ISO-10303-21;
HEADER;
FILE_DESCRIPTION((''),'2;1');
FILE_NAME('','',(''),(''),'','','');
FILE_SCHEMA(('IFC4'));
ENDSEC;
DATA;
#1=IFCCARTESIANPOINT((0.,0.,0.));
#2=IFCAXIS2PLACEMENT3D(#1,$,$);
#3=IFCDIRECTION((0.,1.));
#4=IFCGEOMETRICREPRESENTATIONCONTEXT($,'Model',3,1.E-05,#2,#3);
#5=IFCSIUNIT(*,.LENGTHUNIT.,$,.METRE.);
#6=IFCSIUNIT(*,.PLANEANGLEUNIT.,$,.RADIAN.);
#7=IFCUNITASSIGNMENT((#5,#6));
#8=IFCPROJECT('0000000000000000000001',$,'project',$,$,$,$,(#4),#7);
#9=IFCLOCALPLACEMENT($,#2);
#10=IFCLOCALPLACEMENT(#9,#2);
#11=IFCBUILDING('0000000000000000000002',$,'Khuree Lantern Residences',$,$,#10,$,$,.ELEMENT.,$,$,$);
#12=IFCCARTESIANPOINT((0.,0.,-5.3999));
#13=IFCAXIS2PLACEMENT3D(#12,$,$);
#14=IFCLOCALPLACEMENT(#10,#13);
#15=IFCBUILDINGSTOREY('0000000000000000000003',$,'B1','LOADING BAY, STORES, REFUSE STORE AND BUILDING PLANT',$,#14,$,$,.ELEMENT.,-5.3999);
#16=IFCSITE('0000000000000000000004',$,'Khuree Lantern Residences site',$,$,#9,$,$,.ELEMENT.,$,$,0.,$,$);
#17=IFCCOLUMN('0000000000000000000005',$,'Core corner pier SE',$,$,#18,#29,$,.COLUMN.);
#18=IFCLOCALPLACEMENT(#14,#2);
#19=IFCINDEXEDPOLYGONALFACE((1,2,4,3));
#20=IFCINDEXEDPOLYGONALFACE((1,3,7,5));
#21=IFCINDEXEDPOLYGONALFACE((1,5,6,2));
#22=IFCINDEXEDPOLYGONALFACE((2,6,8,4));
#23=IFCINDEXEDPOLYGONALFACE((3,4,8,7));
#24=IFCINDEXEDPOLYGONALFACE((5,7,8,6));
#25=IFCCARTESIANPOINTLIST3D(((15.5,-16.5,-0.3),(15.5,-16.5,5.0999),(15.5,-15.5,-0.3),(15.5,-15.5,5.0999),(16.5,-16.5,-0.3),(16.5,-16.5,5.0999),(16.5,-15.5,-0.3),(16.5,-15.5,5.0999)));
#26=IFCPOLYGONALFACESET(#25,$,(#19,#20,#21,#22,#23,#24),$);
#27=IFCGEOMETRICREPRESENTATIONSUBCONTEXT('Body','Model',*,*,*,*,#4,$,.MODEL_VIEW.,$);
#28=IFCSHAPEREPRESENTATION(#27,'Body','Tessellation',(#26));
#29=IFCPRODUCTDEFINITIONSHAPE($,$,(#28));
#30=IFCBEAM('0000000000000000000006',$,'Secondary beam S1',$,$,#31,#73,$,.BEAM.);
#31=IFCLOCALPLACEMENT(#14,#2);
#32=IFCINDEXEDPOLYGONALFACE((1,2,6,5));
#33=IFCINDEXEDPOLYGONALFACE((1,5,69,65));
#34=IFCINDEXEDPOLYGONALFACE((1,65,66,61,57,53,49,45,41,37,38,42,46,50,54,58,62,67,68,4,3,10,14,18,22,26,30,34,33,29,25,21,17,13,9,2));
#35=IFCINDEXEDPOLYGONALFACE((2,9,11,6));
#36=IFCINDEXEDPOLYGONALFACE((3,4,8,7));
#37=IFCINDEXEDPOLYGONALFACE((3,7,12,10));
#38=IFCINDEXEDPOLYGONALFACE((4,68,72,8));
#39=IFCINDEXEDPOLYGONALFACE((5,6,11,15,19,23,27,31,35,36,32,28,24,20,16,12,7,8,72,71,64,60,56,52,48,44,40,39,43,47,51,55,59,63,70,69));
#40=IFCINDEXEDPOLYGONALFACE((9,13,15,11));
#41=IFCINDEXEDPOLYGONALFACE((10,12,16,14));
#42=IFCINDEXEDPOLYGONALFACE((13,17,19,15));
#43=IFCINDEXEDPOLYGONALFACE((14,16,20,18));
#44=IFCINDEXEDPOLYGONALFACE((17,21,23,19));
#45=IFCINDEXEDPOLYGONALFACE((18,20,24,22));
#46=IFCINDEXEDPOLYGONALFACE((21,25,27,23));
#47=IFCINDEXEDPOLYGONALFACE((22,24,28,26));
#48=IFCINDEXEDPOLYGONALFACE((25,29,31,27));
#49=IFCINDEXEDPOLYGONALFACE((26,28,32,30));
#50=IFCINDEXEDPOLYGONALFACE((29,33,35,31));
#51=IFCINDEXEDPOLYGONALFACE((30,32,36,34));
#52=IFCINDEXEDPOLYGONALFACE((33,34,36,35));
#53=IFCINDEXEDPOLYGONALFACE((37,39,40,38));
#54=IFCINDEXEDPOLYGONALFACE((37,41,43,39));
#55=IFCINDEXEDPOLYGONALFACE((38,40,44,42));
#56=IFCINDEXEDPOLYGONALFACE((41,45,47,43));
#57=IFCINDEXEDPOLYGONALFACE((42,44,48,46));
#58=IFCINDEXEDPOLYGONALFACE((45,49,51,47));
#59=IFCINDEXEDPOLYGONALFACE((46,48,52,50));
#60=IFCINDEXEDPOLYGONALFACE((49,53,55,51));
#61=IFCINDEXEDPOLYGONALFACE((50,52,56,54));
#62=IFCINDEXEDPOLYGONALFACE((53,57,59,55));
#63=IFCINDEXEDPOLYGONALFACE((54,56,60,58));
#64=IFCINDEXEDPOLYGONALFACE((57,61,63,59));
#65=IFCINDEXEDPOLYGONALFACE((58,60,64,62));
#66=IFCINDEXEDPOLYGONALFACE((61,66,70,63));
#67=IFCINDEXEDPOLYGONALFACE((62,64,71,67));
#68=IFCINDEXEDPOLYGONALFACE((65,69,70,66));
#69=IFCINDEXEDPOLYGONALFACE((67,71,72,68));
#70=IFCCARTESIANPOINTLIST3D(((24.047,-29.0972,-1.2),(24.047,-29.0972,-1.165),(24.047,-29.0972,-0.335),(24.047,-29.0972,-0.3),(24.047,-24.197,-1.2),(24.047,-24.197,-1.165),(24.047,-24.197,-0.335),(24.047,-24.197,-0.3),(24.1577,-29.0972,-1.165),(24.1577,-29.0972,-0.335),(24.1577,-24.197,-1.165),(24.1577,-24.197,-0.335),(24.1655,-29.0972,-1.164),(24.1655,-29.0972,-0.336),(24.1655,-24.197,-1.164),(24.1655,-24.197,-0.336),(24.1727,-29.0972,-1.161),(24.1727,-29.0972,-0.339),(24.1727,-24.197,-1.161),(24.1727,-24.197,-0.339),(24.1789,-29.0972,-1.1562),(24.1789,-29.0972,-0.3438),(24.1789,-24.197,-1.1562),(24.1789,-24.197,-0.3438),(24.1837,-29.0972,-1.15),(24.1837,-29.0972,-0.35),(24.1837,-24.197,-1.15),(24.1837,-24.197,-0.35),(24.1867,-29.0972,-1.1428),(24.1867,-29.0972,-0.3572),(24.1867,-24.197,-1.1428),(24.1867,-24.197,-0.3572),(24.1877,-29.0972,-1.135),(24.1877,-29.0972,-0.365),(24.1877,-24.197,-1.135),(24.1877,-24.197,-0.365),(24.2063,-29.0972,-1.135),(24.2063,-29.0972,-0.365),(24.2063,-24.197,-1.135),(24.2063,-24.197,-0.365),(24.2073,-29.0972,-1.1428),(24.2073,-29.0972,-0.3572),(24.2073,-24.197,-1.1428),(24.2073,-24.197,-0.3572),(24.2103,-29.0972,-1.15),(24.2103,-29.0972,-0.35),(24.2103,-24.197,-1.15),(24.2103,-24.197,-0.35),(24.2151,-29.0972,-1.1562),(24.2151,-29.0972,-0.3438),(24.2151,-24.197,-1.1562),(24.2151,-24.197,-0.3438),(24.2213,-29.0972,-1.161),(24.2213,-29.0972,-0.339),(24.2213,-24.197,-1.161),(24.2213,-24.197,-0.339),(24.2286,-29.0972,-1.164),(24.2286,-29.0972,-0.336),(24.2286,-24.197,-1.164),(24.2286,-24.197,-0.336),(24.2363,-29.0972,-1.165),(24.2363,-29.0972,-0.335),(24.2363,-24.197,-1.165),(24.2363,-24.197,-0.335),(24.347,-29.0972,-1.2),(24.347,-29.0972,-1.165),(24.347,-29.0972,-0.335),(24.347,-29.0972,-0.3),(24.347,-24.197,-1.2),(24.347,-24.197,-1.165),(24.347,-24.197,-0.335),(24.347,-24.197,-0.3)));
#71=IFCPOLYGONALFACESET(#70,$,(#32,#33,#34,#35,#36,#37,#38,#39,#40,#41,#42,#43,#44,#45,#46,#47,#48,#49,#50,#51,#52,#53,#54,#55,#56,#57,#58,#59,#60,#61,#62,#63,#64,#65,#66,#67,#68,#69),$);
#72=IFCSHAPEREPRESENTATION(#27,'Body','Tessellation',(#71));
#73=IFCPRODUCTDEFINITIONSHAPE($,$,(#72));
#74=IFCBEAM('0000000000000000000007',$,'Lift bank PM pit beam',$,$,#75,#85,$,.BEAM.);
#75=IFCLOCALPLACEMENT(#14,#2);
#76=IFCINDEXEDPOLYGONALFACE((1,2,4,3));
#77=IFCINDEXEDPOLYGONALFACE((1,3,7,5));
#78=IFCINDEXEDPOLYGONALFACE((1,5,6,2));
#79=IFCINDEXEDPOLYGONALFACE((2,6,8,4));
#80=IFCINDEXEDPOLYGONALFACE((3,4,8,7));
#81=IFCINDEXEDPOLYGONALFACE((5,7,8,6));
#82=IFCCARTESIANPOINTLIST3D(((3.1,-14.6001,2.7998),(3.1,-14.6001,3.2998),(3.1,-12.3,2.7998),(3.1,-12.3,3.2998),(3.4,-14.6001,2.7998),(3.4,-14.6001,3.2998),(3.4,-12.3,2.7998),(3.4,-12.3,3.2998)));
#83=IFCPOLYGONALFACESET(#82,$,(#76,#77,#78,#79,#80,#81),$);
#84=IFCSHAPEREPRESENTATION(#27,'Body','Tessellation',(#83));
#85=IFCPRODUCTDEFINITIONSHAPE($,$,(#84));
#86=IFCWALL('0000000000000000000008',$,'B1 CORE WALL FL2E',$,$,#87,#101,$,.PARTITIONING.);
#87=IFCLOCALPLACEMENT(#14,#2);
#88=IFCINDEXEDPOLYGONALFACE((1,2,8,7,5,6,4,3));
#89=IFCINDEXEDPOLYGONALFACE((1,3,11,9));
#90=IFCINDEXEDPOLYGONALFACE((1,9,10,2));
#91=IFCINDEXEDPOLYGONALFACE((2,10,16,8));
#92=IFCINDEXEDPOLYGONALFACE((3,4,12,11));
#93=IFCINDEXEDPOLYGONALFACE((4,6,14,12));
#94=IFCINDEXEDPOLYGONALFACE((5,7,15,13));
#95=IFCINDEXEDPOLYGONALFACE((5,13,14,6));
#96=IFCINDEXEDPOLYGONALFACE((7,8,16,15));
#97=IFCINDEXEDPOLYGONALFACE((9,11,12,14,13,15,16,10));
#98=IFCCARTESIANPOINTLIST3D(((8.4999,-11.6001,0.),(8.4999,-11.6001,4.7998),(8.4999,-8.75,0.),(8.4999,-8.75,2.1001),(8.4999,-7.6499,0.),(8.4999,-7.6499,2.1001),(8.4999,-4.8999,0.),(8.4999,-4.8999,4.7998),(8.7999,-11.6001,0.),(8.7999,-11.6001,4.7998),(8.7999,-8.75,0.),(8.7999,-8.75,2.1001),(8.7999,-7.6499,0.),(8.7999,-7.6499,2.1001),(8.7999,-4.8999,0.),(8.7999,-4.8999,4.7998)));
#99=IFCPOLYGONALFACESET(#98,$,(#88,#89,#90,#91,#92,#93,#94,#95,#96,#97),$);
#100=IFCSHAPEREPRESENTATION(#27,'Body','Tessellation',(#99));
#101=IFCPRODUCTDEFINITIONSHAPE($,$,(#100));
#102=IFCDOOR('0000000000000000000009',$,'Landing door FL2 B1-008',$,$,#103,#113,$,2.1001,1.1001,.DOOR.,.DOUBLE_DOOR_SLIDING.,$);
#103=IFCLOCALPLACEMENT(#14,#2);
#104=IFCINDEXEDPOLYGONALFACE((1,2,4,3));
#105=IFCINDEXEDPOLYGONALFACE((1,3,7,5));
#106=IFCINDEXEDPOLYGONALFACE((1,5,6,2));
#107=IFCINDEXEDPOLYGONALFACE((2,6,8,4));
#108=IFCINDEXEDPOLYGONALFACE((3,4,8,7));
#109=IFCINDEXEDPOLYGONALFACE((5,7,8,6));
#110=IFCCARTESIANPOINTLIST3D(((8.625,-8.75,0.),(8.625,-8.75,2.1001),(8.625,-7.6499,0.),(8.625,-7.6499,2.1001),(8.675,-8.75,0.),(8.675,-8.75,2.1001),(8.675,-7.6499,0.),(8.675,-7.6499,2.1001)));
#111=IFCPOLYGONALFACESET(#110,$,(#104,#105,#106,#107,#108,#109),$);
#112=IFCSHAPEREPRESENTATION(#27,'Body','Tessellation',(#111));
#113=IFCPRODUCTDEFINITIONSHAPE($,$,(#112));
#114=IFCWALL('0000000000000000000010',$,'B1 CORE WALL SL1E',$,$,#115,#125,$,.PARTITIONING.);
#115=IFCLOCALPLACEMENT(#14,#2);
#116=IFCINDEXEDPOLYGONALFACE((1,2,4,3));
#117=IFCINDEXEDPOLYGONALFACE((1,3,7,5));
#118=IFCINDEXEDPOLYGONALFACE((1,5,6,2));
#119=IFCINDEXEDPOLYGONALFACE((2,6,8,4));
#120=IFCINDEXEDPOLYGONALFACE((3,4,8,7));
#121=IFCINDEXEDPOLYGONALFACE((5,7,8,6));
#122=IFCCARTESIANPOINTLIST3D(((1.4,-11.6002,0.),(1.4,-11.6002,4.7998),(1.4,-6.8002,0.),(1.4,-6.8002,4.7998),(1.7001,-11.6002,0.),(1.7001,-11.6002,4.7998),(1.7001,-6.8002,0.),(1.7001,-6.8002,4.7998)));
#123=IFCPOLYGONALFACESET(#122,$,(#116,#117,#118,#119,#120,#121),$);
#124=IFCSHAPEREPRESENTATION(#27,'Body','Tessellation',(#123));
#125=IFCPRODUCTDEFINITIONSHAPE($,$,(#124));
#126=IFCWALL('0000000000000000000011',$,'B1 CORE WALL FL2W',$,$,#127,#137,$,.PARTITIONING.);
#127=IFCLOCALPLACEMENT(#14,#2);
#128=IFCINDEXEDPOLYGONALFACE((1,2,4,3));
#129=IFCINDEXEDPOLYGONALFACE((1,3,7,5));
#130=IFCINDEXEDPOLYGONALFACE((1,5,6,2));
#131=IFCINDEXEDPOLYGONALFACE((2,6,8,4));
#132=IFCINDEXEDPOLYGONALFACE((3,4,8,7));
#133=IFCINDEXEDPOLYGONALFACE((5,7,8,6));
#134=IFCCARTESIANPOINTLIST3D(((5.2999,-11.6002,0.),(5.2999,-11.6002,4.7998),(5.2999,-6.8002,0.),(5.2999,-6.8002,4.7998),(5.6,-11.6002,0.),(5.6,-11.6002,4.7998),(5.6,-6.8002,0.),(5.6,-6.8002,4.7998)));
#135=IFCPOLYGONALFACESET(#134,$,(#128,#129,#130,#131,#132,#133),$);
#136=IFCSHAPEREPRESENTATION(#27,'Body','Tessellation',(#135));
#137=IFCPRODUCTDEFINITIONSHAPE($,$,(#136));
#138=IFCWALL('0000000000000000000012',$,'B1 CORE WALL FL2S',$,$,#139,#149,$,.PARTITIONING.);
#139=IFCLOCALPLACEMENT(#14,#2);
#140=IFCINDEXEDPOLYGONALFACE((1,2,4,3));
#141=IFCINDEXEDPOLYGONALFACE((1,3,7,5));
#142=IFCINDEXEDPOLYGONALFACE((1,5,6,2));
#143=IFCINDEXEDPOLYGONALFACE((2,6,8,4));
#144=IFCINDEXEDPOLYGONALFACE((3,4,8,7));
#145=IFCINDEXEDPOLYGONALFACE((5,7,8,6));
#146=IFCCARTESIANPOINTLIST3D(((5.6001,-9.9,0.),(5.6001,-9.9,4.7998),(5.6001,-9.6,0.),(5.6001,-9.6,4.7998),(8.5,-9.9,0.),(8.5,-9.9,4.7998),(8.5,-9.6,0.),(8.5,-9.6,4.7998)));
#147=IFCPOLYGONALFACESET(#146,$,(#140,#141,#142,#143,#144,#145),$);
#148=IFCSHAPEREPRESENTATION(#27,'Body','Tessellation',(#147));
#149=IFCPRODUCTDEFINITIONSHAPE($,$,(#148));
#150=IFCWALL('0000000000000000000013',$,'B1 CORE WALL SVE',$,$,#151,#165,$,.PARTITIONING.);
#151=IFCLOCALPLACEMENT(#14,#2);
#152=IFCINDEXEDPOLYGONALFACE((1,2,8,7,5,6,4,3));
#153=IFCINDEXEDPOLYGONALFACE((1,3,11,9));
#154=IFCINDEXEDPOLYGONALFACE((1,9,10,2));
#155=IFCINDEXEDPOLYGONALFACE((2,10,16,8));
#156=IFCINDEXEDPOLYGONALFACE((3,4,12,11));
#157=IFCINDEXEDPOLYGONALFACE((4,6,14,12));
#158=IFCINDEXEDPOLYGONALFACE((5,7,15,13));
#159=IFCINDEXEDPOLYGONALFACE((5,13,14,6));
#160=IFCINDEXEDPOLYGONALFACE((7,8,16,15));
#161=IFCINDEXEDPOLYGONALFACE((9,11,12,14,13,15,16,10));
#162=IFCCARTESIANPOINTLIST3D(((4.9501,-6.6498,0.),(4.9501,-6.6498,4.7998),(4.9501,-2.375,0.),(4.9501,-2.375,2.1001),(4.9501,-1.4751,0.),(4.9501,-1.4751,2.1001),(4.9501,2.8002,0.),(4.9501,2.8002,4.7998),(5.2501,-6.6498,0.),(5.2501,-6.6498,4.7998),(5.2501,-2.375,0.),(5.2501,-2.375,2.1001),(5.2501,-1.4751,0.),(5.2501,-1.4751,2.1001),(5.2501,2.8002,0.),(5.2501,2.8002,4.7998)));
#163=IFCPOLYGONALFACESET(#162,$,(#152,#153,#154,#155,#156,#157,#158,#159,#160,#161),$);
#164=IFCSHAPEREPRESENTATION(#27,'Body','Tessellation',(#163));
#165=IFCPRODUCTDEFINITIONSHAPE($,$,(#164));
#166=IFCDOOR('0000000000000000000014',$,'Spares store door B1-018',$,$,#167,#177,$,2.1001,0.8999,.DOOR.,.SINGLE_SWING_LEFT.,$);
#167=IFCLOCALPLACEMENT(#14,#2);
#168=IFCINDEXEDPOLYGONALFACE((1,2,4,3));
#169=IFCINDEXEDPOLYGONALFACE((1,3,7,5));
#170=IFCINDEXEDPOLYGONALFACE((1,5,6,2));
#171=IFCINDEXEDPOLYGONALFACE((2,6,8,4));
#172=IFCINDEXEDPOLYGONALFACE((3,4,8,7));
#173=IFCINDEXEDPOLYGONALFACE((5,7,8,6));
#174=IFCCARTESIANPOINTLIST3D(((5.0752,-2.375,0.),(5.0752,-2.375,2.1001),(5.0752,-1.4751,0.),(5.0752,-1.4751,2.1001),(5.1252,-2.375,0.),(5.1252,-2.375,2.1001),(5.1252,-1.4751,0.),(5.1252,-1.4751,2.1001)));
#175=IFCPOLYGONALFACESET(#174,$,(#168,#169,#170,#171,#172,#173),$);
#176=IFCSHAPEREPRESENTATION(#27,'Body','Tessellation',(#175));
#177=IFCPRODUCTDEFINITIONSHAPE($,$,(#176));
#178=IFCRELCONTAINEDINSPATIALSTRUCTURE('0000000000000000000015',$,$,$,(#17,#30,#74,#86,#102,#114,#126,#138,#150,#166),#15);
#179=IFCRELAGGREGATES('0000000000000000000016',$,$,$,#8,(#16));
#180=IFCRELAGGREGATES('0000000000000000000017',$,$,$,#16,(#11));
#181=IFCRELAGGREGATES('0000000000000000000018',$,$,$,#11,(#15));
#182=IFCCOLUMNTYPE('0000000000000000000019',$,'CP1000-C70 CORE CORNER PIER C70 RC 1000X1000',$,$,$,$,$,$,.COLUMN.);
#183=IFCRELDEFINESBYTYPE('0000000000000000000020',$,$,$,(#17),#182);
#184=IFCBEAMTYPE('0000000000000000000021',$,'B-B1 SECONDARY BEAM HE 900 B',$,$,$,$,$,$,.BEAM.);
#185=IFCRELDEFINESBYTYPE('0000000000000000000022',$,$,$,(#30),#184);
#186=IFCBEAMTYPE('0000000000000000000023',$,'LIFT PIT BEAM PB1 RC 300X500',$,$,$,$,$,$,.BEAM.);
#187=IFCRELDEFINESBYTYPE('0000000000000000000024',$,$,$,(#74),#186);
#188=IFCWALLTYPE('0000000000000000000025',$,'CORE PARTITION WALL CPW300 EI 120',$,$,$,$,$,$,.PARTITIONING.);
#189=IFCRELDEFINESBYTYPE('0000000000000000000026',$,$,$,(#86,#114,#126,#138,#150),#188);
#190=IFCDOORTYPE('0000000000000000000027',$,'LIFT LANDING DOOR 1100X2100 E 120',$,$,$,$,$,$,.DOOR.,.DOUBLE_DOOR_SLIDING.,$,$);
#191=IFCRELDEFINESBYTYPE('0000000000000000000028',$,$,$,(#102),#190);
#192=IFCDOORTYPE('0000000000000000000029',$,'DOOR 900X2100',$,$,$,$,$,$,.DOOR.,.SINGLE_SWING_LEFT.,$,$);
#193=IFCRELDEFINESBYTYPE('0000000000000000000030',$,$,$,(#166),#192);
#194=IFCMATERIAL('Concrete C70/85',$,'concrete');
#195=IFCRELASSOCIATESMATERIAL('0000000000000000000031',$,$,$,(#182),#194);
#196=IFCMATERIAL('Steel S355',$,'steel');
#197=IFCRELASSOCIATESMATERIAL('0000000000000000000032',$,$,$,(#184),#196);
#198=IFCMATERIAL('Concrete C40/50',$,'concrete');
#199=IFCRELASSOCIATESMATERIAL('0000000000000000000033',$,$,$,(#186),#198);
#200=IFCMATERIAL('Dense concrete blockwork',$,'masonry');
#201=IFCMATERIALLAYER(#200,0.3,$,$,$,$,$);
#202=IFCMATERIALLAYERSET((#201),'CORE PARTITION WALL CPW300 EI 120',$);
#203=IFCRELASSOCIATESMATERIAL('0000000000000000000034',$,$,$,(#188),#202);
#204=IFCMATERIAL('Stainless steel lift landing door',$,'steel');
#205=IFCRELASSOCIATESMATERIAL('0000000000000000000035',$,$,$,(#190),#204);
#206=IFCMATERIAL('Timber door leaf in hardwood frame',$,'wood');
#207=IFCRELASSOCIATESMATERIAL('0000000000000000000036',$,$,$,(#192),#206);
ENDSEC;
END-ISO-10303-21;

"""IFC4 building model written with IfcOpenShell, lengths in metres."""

from ifc_helpers import new_model, si_unit, direction, frame, frame_2d, origin, origin_2d, place, context, subcontext, project, spatial, rectangle, i_section, extrude, material, layer, layer_set, material_profile, profile_set, type_object, element, fill, save


model = new_model("IFC4")

# Units and contexts
model_context = context("Model", 3, precision=1e-05, world=origin(), true_north=direction((0.0, 1.0)))
body_context = subcontext(model_context, "Body", "Model", "MODEL_VIEW")
ifc_project = project(units=[si_unit("LENGTHUNIT", "METRE"), si_unit("PLANEANGLEUNIT", "RADIAN")], contexts=[model_context])

# Site, building, storey
site_placement = place(None, origin())
site = spatial("IfcSite", under=ifc_project, at=site_placement, Name="Khuree Lantern Residences site", CompositionType="ELEMENT", RefElevation=0.0)
building_placement = place(site_placement, origin())
building = spatial("IfcBuilding", under=site, at=building_placement, Name="Khuree Lantern Residences", CompositionType="ELEMENT")
storey_placement = place(building_placement, frame((0.0, 0.0, -5.3999)))
storey = spatial("IfcBuildingStorey", under=building, at=storey_placement, Name="B1", Description="LOADING BAY, STORES, REFUSE STORE AND BUILDING PLANT", CompositionType="ELEMENT", Elevation=-5.3999)

# Column
ifc_material_1 = material(Name="Concrete C70/85", Category="concrete")
ifc_material_profile_1 = material_profile(ifc_material_1, rectangle(XDim=1.0, YDim=1.0, at=origin_2d()), Name="RC 1000X1000")
ifc_profile_set_1 = profile_set([ifc_material_profile_1], Name="Concrete C70/85")
column_type = type_object("IfcColumnType", Name="CP1000-C70 CORE CORNER PIER C70 RC 1000X1000", PredefinedType="COLUMN", material=ifc_profile_set_1)
column_placement = place(storey_placement, frame((16.0, -16.0, -0.3), z_axis=(0.0, 0.0, 1.0), x_axis=(1.0, 0.0, 0.0)))
element("IfcColumn", 1, at=column_placement, inside=storey, type_object=column_type, Name="Core corner pier SE", PredefinedType="COLUMN", context=body_context, shape_type="SweptSolid", body=[
    extrude(rectangle(XDim=1.0, YDim=1.0, at=origin_2d()), origin(), (0.0, 0.0, 1.0), 5.3999),
])

# Beams
ifc_material_2 = material(Name="Steel S355", Category="steel")
ifc_material_profile_2 = material_profile(ifc_material_2, i_section(OverallWidth=0.3, OverallDepth=0.8999, WebThickness=0.0186, FlangeThickness=0.0349, FilletRadius=0.03, at=origin_2d()), Name="HE 900 B")
ifc_profile_set_2 = profile_set([ifc_material_profile_2], Name="Steel S355")
beam_type_1 = type_object("IfcBeamType", Name="B-B1 SECONDARY BEAM HE 900 B", PredefinedType="BEAM", material=ifc_profile_set_2)
beam_1_placement = place(storey_placement, frame((24.197, -29.0972, -0.75), z_axis=(0.0, 1.0, 0.0), x_axis=(-1.0, 0.0, 0.0)))
element("IfcBeam", 2, at=beam_1_placement, inside=storey, type_object=beam_type_1, Name="Secondary beam S1", PredefinedType="BEAM", context=body_context, shape_type="SweptSolid", body=[
    extrude(i_section(OverallWidth=0.3, OverallDepth=0.8999, WebThickness=0.0186, FlangeThickness=0.0349, FilletRadius=0.03, at=origin_2d()), origin(), (0.0, 0.0, 1.0), 4.9001),
])
ifc_material_3 = material(Name="Concrete C40/50", Category="concrete")
ifc_material_profile_3 = material_profile(ifc_material_3, rectangle(XDim=0.3, YDim=0.5, at=origin_2d()), Name="RC 300X500")
ifc_profile_set_3 = profile_set([ifc_material_profile_3], Name="Concrete C40/50")
beam_type_2 = type_object("IfcBeamType", Name="LIFT PIT BEAM PB1 RC 300X500", PredefinedType="BEAM", material=ifc_profile_set_3)
beam_2_placement = place(storey_placement, frame((3.25, -14.6001, 3.0498), z_axis=(0.0, 1.0, 0.0), x_axis=(-1.0, 0.0, 0.0)))
element("IfcBeam", 3, at=beam_2_placement, inside=storey, type_object=beam_type_2, Name="Lift bank PM pit beam", PredefinedType="BEAM", context=body_context, shape_type="SweptSolid", body=[
    extrude(rectangle(XDim=0.3, YDim=0.5, at=origin_2d()), origin(), (0.0, 0.0, 1.0), 2.3),
])

# Wall, opening, door
ifc_material_4 = material(Name="Dense concrete blockwork", Category="masonry")
ifc_layer_1 = layer(ifc_material_4, 0.3)
ifc_layer_set_1 = layer_set([ifc_layer_1], Name="CORE PARTITION WALL CPW300 EI 120")
wall_type_1 = type_object("IfcWallType", Name="CORE PARTITION WALL CPW300 EI 120", PredefinedType="PARTITIONING", material=ifc_layer_set_1)
wall_1_placement = place(storey_placement, frame((8.6499, -11.6001, 0.0), z_axis=(0.0, 0.0, 1.0), x_axis=(0.0, 1.0, 0.0)))
wall_1 = element("IfcWall", 4, at=wall_1_placement, inside=storey, type_object=wall_type_1, Name="B1 CORE WALL FL2E", PredefinedType="PARTITIONING", context=body_context, shape_type="SweptSolid", body=[
    extrude(rectangle(XDim=6.7002, YDim=0.3, at=frame_2d((3.3501, 0.0))), origin(), (0.0, 0.0, 1.0), 4.7998),
])
opening_1_placement = place(wall_1_placement, frame((2.8501, 0.0, 0.0)))
opening_1 = element("IfcOpeningElement", 5, at=opening_1_placement, cuts=wall_1, PredefinedType="OPENING", context=body_context, shape_type="SweptSolid", body=[
    extrude(rectangle(XDim=1.1001, YDim=2.1001, at=frame_2d((0.55, 1.05))), frame((0.0, 0.1602, 0.0), z_axis=(0.0, -1.0, 0.0), x_axis=(1.0, 0.0, 0.0)), (0.0, 0.0, 1.0), 0.3201),
])
ifc_material_5 = material(Name="Stainless steel lift landing door", Category="steel")
door_type_1 = type_object("IfcDoorType", Name="LIFT LANDING DOOR 1100X2100 E 120", OperationType="DOUBLE_DOOR_SLIDING", PredefinedType="DOOR", material=ifc_material_5)
door_1_placement = place(opening_1_placement, origin())
door_1 = element("IfcDoor", 6, at=door_1_placement, inside=storey, type_object=door_type_1, Name="Landing door FL2 B1-008", OperationType="DOUBLE_DOOR_SLIDING", OverallHeight=2.1001, OverallWidth=1.1001, PredefinedType="DOOR", context=body_context, shape_type="SweptSolid", body=[
    extrude(rectangle(XDim=1.1001, YDim=2.1001, at=frame_2d((0.55, 1.05))), frame((0.0, 0.0249, 0.0), z_axis=(0.0, -1.0, 0.0), x_axis=(1.0, 0.0, 0.0)), (0.0, 0.0, 1.0), 0.05),
])
fill(opening_1, door_1)

# Walls
for number, where, z_axis, x_axis, name in (
    (7, (1.55, -11.6001, 0.0), (0.0, 0.0, 1.0), (0.0, 1.0, 0.0), "B1 CORE WALL SL1E"),
    (8, (5.45, -11.6001, 0.0), (0.0, 0.0, 1.0), (0.0, 1.0, 0.0), "B1 CORE WALL FL2W"),
):
    element("IfcWall", number, at=place(storey_placement, frame(where, z_axis=z_axis, x_axis=x_axis)), inside=storey, type_object=wall_type_1, Name=name, PredefinedType="PARTITIONING", context=body_context, shape_type="SweptSolid", body=[
        extrude(rectangle(XDim=4.8, YDim=0.3, at=frame_2d((2.3999, 0.0))), origin(), (0.0, 0.0, 1.0), 4.7998),
    ])
wall_2_placement = place(storey_placement, frame((5.6001, -9.75, 0.0), z_axis=(0.0, 0.0, 1.0), x_axis=(1.0, 0.0, 0.0)))
element("IfcWall", 9, at=wall_2_placement, inside=storey, type_object=wall_type_1, Name="B1 CORE WALL FL2S", PredefinedType="PARTITIONING", context=body_context, shape_type="SweptSolid", body=[
    extrude(rectangle(XDim=2.8999, YDim=0.3, at=frame_2d((1.45, 0.0))), origin(), (0.0, 0.0, 1.0), 4.7998),
])

# Wall, opening, door
wall_3_placement = place(storey_placement, frame((5.1001, -6.6499, 0.0), z_axis=(0.0, 0.0, 1.0), x_axis=(0.0, 1.0, 0.0)))
wall_3 = element("IfcWall", 10, at=wall_3_placement, inside=storey, type_object=wall_type_1, Name="B1 CORE WALL SVE", PredefinedType="PARTITIONING", context=body_context, shape_type="SweptSolid", body=[
    extrude(rectangle(XDim=9.45, YDim=0.3, at=frame_2d((4.7251, 0.0))), origin(), (0.0, 0.0, 1.0), 4.7998),
])
opening_2_placement = place(wall_3_placement, frame((4.2749, 0.0, 0.0)))
opening_2 = element("IfcOpeningElement", 11, at=opening_2_placement, cuts=wall_3, PredefinedType="OPENING", context=body_context, shape_type="SweptSolid", body=[
    extrude(rectangle(XDim=0.8999, YDim=2.1001, at=frame_2d((0.45, 1.05))), frame((0.0, 0.1602, 0.0), z_axis=(0.0, -1.0, 0.0), x_axis=(1.0, 0.0, 0.0)), (0.0, 0.0, 1.0), 0.3201),
])
ifc_material_6 = material(Name="Timber door leaf in hardwood frame", Category="wood")
door_type_2 = type_object("IfcDoorType", Name="DOOR 900X2100", OperationType="SINGLE_SWING_LEFT", PredefinedType="DOOR", material=ifc_material_6)
door_2_placement = place(opening_2_placement, origin())
door_2 = element("IfcDoor", 12, at=door_2_placement, inside=storey, type_object=door_type_2, Name="Spares store door B1-018", OperationType="SINGLE_SWING_LEFT", OverallHeight=2.1001, OverallWidth=0.8999, PredefinedType="DOOR", context=body_context, shape_type="SweptSolid", body=[
    extrude(rectangle(XDim=0.8999, YDim=2.1001, at=frame_2d((0.45, 1.05))), frame((0.0, 0.0249, 0.0), z_axis=(0.0, -1.0, 0.0), x_axis=(1.0, 0.0, 0.0)), (0.0, 0.0, 1.0), 0.05),
])
fill(opening_2, door_2)

save(model, "model.ifc")
